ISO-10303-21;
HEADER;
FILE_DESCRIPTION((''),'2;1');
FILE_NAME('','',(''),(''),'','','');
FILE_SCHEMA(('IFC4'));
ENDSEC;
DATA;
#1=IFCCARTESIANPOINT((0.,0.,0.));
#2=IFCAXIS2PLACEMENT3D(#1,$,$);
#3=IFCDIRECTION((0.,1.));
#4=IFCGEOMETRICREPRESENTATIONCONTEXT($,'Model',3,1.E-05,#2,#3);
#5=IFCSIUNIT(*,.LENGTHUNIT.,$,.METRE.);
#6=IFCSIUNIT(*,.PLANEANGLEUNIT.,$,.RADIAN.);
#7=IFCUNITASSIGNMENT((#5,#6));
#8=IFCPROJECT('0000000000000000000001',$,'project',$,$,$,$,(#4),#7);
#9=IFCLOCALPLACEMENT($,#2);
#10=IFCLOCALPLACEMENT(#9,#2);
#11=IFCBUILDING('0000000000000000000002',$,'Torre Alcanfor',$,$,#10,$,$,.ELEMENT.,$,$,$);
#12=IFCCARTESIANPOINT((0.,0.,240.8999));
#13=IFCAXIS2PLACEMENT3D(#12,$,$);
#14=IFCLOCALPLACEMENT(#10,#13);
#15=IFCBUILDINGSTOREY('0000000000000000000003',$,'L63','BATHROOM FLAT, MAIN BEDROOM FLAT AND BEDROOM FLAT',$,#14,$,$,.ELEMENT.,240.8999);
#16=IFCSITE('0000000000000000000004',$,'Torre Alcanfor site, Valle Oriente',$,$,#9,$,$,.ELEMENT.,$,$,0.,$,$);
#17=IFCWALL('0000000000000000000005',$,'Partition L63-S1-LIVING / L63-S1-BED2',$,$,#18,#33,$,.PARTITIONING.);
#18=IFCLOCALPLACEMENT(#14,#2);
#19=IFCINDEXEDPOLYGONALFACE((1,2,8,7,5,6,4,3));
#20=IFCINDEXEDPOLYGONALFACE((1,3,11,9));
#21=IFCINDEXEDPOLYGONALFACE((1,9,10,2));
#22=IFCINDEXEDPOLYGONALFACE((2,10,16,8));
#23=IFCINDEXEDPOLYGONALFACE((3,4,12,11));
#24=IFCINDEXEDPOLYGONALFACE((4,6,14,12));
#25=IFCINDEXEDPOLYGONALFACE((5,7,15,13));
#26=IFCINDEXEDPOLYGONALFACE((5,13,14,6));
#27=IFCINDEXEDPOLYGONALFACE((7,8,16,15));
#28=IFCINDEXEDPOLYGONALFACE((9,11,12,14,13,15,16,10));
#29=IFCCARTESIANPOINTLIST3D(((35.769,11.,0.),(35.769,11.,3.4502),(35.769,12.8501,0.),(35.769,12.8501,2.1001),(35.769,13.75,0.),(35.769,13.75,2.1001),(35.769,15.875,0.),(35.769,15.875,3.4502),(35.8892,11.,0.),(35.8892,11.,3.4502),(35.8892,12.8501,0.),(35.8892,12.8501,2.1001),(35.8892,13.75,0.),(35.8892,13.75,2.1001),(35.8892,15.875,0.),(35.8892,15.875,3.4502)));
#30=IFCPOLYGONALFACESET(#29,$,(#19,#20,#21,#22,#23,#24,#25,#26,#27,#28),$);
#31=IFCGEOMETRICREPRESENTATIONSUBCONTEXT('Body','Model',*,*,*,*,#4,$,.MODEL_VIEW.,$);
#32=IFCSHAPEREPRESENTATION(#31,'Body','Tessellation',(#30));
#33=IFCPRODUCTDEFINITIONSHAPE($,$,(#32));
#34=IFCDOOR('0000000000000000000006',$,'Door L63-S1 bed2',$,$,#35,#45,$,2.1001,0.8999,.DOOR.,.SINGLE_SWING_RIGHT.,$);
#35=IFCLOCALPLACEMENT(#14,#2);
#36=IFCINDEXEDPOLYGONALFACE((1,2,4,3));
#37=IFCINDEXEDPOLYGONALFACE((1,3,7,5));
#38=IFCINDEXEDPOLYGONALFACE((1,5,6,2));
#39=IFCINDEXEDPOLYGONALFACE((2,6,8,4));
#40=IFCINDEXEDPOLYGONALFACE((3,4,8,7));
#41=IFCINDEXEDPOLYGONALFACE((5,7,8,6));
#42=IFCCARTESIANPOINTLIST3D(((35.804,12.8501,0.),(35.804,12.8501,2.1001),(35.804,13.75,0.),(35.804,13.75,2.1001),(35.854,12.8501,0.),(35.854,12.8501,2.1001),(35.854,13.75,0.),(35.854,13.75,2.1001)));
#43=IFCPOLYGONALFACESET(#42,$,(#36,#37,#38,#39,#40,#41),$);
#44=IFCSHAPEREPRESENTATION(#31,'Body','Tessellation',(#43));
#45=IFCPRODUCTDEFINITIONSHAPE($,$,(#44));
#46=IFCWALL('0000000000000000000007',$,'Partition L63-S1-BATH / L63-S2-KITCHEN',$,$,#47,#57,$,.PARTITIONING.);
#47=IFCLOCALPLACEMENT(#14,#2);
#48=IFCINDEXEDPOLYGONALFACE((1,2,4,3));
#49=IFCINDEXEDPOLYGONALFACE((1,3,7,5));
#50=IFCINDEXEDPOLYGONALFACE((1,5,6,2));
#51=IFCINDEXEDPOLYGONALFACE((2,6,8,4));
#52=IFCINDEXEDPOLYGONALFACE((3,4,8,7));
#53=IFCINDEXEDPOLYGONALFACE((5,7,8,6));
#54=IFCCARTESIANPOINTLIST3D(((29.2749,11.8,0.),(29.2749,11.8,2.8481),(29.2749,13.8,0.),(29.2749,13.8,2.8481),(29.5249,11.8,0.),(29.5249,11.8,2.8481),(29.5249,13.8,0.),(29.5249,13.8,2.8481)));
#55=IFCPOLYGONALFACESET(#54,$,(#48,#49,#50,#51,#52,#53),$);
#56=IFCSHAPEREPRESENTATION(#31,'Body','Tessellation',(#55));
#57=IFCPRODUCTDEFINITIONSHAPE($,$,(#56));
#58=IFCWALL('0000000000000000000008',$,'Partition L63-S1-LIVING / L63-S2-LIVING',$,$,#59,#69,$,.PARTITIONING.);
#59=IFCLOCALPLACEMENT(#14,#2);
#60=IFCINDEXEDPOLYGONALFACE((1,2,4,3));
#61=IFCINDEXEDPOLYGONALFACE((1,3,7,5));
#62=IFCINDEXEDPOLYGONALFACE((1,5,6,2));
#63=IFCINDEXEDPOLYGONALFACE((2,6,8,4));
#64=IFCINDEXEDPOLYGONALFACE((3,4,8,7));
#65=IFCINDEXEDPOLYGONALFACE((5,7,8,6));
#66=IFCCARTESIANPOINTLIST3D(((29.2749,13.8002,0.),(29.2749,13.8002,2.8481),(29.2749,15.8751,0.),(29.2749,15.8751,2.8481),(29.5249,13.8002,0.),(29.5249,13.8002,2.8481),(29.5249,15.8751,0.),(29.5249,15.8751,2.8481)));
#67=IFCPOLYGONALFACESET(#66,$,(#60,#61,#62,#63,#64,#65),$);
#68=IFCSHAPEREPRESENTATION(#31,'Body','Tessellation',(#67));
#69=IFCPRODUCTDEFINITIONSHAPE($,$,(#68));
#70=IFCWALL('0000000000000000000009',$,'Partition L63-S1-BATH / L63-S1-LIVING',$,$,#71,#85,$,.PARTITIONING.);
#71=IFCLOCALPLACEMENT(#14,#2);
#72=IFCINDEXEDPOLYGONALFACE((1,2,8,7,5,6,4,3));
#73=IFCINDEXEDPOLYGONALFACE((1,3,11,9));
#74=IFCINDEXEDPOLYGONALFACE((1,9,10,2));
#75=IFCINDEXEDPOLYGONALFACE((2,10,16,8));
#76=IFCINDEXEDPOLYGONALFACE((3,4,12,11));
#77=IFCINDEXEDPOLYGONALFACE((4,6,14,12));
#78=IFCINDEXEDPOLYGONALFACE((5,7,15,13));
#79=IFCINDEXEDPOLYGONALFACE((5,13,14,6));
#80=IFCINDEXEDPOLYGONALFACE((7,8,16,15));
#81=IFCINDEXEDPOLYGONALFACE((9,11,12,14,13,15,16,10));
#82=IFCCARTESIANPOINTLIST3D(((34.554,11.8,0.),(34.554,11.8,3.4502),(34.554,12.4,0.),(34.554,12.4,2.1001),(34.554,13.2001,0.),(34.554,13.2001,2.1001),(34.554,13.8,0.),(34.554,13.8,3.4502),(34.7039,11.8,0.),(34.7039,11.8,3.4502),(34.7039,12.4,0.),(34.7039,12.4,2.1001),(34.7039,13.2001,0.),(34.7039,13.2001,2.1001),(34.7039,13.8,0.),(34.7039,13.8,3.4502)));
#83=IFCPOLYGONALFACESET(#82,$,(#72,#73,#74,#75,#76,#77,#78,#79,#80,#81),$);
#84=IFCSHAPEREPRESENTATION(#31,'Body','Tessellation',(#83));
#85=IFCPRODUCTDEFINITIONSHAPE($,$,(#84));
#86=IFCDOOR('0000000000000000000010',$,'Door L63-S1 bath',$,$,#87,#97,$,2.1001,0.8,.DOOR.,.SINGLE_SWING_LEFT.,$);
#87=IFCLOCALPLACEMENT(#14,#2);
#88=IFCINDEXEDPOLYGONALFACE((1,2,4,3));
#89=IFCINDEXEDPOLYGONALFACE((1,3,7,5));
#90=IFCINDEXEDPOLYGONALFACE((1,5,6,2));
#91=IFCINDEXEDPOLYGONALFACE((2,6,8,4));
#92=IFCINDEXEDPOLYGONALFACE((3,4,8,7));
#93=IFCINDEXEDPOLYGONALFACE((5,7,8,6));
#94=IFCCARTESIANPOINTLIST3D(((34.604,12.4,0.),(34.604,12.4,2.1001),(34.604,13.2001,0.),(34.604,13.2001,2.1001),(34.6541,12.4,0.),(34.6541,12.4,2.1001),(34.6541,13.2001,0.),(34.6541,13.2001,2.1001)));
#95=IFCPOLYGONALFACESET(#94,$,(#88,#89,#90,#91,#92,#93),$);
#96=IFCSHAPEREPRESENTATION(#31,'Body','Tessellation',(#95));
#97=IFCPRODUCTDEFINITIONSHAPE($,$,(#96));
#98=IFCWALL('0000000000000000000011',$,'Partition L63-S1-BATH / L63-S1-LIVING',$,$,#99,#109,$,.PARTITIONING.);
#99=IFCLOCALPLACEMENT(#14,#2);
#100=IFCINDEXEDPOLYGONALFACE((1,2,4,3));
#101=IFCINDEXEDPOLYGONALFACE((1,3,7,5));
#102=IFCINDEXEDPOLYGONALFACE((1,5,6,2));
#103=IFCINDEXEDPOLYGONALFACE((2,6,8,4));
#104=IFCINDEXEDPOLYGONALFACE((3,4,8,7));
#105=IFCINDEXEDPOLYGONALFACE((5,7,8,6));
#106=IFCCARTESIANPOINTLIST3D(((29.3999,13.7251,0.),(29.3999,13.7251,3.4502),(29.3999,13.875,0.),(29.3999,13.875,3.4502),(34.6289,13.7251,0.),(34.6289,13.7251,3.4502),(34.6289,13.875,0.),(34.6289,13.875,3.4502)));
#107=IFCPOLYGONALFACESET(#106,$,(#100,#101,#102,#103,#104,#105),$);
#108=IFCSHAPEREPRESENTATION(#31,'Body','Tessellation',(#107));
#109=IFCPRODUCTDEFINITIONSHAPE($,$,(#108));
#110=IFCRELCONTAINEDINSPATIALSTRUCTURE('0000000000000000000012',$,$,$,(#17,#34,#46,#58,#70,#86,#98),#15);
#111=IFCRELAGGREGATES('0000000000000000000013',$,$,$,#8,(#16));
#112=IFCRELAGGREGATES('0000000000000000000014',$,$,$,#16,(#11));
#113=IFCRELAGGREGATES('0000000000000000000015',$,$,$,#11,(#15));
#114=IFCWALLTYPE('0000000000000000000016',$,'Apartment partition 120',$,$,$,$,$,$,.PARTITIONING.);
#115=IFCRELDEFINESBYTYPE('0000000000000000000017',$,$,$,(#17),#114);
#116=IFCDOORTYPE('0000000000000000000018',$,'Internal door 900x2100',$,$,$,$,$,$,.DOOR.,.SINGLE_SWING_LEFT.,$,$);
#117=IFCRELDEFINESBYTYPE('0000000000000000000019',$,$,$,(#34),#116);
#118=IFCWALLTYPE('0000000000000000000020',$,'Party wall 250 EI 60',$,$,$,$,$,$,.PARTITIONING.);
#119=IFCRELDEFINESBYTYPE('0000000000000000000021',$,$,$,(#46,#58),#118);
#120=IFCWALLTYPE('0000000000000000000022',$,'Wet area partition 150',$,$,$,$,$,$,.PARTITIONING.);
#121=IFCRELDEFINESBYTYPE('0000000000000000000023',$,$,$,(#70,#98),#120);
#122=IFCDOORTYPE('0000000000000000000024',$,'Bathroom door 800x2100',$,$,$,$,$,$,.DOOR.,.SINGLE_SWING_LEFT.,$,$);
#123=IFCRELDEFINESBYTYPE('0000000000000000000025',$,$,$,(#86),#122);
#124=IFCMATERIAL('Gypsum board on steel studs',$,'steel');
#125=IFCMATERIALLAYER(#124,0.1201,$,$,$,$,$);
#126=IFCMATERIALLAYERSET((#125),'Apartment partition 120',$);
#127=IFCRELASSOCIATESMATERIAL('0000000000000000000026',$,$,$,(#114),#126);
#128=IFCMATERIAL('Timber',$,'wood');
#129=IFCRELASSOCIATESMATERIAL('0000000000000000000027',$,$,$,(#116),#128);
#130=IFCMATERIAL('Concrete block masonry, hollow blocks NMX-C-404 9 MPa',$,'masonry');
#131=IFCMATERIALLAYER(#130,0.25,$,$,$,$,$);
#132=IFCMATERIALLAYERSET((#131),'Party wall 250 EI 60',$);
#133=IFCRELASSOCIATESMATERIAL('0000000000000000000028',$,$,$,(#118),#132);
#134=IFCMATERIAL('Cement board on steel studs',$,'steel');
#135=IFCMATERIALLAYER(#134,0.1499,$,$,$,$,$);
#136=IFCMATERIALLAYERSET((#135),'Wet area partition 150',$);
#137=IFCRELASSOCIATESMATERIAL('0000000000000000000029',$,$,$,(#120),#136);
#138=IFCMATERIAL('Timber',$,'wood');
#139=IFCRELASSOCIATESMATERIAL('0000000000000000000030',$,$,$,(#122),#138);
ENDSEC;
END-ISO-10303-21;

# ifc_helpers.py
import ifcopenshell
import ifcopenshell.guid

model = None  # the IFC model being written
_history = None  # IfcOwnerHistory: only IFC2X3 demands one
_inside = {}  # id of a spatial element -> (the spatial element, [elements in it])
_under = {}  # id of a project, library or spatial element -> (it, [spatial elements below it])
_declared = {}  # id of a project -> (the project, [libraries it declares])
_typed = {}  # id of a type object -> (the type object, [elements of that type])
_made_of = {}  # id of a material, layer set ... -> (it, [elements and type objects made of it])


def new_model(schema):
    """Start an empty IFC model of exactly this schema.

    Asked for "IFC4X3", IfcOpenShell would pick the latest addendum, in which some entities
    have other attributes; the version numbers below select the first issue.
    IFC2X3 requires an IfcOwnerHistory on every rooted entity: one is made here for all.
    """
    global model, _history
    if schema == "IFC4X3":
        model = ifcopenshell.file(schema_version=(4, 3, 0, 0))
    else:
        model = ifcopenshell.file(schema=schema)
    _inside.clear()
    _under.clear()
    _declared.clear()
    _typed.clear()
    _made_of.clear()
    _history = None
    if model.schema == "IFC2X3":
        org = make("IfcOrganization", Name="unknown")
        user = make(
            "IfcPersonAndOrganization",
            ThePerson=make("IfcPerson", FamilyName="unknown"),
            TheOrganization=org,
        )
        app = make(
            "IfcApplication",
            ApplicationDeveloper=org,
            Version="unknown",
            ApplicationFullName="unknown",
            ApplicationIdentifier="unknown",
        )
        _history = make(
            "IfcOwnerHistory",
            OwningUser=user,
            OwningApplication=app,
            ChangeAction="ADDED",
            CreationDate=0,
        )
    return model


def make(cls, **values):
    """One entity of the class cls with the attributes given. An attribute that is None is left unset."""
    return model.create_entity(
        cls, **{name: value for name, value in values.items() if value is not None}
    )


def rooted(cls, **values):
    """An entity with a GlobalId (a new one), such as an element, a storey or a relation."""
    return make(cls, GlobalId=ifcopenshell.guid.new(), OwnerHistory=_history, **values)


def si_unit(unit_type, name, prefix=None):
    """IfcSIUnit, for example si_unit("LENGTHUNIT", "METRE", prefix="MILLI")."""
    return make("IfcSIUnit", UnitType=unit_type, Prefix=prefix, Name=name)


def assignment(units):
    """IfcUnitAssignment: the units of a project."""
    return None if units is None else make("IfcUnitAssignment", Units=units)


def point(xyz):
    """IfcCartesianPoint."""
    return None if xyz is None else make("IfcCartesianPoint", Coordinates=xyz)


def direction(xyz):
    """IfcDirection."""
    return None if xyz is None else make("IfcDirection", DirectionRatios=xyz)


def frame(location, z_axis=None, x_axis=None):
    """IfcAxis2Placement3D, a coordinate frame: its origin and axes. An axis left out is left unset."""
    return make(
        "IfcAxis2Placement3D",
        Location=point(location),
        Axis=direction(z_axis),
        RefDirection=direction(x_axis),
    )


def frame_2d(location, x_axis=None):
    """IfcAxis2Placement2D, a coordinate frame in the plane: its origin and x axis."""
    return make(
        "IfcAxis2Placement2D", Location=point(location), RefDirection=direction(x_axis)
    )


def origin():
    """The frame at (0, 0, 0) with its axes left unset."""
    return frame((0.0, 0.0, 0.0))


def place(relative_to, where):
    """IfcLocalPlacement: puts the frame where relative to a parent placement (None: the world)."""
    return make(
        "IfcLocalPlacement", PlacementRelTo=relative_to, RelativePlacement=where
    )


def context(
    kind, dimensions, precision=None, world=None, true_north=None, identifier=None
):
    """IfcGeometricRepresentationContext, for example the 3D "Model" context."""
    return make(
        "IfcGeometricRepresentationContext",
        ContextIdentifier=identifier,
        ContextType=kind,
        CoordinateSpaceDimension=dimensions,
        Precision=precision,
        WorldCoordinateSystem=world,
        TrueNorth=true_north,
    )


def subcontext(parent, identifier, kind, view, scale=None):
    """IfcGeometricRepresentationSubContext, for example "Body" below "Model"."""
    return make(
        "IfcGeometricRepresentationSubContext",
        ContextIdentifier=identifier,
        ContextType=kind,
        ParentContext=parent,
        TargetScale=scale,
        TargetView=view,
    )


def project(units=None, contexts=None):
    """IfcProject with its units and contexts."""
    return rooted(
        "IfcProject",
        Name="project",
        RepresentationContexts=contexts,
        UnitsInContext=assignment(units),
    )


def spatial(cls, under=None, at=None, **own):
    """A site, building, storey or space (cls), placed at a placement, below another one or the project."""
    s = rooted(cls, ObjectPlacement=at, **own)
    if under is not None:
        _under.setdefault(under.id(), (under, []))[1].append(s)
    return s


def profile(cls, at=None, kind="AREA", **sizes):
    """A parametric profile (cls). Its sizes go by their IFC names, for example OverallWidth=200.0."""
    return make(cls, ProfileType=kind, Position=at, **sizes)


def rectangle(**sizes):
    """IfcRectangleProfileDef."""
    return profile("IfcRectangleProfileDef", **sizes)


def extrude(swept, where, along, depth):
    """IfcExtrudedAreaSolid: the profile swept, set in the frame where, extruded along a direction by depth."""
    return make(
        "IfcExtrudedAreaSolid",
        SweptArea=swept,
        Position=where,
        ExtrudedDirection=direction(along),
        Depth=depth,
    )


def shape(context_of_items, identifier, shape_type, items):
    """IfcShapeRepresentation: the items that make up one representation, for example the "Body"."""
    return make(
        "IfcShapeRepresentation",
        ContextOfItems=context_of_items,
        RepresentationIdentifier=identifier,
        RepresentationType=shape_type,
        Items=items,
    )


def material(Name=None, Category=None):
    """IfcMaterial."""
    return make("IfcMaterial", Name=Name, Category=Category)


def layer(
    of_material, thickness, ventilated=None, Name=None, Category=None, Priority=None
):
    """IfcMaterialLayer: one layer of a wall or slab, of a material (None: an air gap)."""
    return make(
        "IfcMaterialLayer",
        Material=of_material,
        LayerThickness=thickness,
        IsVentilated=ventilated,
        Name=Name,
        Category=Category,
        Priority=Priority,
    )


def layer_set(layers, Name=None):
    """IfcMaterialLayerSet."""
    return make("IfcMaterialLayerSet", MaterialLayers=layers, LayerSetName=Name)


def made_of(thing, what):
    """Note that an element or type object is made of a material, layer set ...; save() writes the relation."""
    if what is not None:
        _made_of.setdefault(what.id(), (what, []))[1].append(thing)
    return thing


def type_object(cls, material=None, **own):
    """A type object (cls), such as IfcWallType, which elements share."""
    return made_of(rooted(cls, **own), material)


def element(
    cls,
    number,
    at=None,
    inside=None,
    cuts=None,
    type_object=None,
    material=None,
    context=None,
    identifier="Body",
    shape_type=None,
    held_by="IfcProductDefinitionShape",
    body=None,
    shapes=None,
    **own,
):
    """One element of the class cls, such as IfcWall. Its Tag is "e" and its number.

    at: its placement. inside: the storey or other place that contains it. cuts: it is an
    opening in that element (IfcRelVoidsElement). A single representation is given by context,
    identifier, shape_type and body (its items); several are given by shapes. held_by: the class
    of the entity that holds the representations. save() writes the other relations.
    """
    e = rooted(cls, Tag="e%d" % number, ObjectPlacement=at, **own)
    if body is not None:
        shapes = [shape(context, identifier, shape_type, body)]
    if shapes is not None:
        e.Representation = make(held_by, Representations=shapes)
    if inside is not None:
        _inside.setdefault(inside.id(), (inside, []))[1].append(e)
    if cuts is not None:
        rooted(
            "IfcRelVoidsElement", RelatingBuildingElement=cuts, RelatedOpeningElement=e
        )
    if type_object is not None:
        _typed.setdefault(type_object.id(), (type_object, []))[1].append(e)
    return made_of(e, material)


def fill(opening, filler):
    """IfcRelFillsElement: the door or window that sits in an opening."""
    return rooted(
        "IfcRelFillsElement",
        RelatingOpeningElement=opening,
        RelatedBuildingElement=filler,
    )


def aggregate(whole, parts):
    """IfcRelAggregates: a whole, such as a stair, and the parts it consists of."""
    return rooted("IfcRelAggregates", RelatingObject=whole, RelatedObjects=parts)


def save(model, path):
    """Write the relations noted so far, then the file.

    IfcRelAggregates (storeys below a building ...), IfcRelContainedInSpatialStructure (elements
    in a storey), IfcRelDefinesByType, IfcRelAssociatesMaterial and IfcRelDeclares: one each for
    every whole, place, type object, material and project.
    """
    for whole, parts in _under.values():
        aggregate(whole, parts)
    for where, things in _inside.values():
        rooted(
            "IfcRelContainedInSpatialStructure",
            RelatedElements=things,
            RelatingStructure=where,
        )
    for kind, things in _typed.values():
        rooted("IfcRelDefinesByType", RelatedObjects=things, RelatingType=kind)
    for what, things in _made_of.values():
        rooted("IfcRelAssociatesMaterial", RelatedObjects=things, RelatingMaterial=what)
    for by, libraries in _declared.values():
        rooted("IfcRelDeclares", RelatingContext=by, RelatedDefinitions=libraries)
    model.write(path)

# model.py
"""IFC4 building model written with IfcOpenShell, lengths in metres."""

from ifc_helpers import new_model, si_unit, direction, frame, frame_2d, origin, place, context, subcontext, project, spatial, rectangle, extrude, material, layer, layer_set, type_object, element, fill, save


model = new_model("IFC4")

# Units and contexts
model_context = context("Model", 3, precision=1e-05, world=origin(), true_north=direction((0.0, 1.0)))
body_context = subcontext(model_context, "Body", "Model", "MODEL_VIEW")
ifc_project = project(units=[si_unit("LENGTHUNIT", "METRE"), si_unit("PLANEANGLEUNIT", "RADIAN")], contexts=[model_context])

# Site, building, storey
site_placement = place(None, origin())
site = spatial("IfcSite", under=ifc_project, at=site_placement, Name="Torre Alcanfor site, Valle Oriente", CompositionType="ELEMENT", RefElevation=0.0)
building_placement = place(site_placement, origin())
building = spatial("IfcBuilding", under=site, at=building_placement, Name="Torre Alcanfor", CompositionType="ELEMENT")
storey_placement = place(building_placement, frame((0.0, 0.0, 240.8999)))
storey = spatial("IfcBuildingStorey", under=building, at=storey_placement, Name="L63", Description="BATHROOM FLAT, MAIN BEDROOM FLAT AND BEDROOM FLAT", CompositionType="ELEMENT", Elevation=240.8999)

# Wall, opening, door
ifc_material_1 = material(Name="Gypsum board on steel studs", Category="steel")
ifc_layer_1 = layer(ifc_material_1, 0.1201)
ifc_layer_set_1 = layer_set([ifc_layer_1], Name="Apartment partition 120")
wall_type_1 = type_object("IfcWallType", Name="Apartment partition 120", PredefinedType="PARTITIONING", material=ifc_layer_set_1)
wall_1_placement = place(storey_placement, frame((35.8291, 15.875, 0.0), z_axis=(0.0, 0.0, 1.0), x_axis=(0.0, -1.0, 0.0)))
wall_1 = element("IfcWall", 1, at=wall_1_placement, inside=storey, type_object=wall_type_1, Name="Partition L63-S1-LIVING / L63-S1-BED2", PredefinedType="PARTITIONING", context=body_context, shape_type="SweptSolid", body=[
    extrude(rectangle(XDim=4.875, YDim=0.1201, at=frame_2d((2.4375, 0.0))), origin(), (0.0, 0.0, 1.0), 3.4502),
])
opening_1_placement = place(wall_1_placement, frame((2.125, 0.0, 0.0)))
opening_1 = element("IfcOpeningElement", 2, at=opening_1_placement, cuts=wall_1, PredefinedType="OPENING", context=body_context, shape_type="SweptSolid", body=[
    extrude(rectangle(XDim=0.8999, YDim=2.1001, at=frame_2d((0.45, 1.05))), frame((0.0, 0.0701, 0.0), z_axis=(0.0, -1.0, 0.0), x_axis=(1.0, 0.0, 0.0)), (0.0, 0.0, 1.0), 0.1401),
])
ifc_material_2 = material(Name="Timber", Category="wood")
door_type_1 = type_object("IfcDoorType", Name="Internal door 900x2100", OperationType="SINGLE_SWING_LEFT", PredefinedType="DOOR", material=ifc_material_2)
door_1_placement = place(opening_1_placement, origin())
door_1 = element("IfcDoor", 3, at=door_1_placement, inside=storey, type_object=door_type_1, Name="Door L63-S1 bed2", OperationType="SINGLE_SWING_RIGHT", OverallHeight=2.1001, OverallWidth=0.8999, PredefinedType="DOOR", context=body_context, shape_type="SweptSolid", body=[
    extrude(rectangle(XDim=0.8999, YDim=2.1001, at=frame_2d((0.45, 1.05))), frame((0.0, 0.0249, 0.0), z_axis=(0.0, -1.0, 0.0), x_axis=(1.0, 0.0, 0.0)), (0.0, 0.0, 1.0), 0.05),
])
fill(opening_1, door_1)

# Walls
ifc_material_3 = material(Name="Concrete block masonry, hollow blocks NMX-C-404 9 MPa", Category="masonry")
ifc_layer_2 = layer(ifc_material_3, 0.25)
ifc_layer_set_2 = layer_set([ifc_layer_2], Name="Party wall 250 EI 60")
wall_type_2 = type_object("IfcWallType", Name="Party wall 250 EI 60", PredefinedType="PARTITIONING", material=ifc_layer_set_2)
wall_2_placement = place(storey_placement, frame((29.3999, 13.8, 0.0), z_axis=(0.0, 0.0, 1.0), x_axis=(0.0, -1.0, 0.0)))
element("IfcWall", 4, at=wall_2_placement, inside=storey, type_object=wall_type_2, Name="Partition L63-S1-BATH / L63-S2-KITCHEN", PredefinedType="PARTITIONING", context=body_context, shape_type="SweptSolid", body=[
    extrude(rectangle(XDim=2.0, YDim=0.25, at=frame_2d((1.0, 0.0))), origin(), (0.0, 0.0, 1.0), 2.8481),
])
wall_3_placement = place(storey_placement, frame((29.3999, 13.8, 0.0), z_axis=(0.0, 0.0, 1.0), x_axis=(0.0, 1.0, 0.0)))
element("IfcWall", 5, at=wall_3_placement, inside=storey, type_object=wall_type_2, Name="Partition L63-S1-LIVING / L63-S2-LIVING", PredefinedType="PARTITIONING", context=body_context, shape_type="SweptSolid", body=[
    extrude(rectangle(XDim=2.075, YDim=0.25, at=frame_2d((1.0376, 0.0))), origin(), (0.0, 0.0, 1.0), 2.8481),
])

# Wall, opening, door
ifc_material_4 = material(Name="Cement board on steel studs", Category="steel")
ifc_layer_3 = layer(ifc_material_4, 0.1499)
ifc_layer_set_3 = layer_set([ifc_layer_3], Name="Wet area partition 150")
wall_type_3 = type_object("IfcWallType", Name="Wet area partition 150", PredefinedType="PARTITIONING", material=ifc_layer_set_3)
wall_4_placement = place(storey_placement, frame((34.6289, 11.8, 0.0), z_axis=(0.0, 0.0, 1.0), x_axis=(0.0, 1.0, 0.0)))
wall_4 = element("IfcWall", 6, at=wall_4_placement, inside=storey, type_object=wall_type_3, Name="Partition L63-S1-BATH / L63-S1-LIVING", PredefinedType="PARTITIONING", context=body_context, shape_type="SweptSolid", body=[
    extrude(rectangle(XDim=2.0, YDim=0.1499, at=frame_2d((1.0, 0.0))), origin(), (0.0, 0.0, 1.0), 3.4502),
])
opening_2_placement = place(wall_4_placement, frame((0.6001, 0.0, 0.0)))
opening_2 = element("IfcOpeningElement", 7, at=opening_2_placement, cuts=wall_4, PredefinedType="OPENING", context=body_context, shape_type="SweptSolid", body=[
    extrude(rectangle(XDim=0.8, YDim=2.1001, at=frame_2d((0.3999, 1.05))), frame((0.0, 0.085, 0.0), z_axis=(0.0, -1.0, 0.0), x_axis=(1.0, 0.0, 0.0)), (0.0, 0.0, 1.0), 0.1699),
])
ifc_material_5 = material(Name="Timber", Category="wood")
door_type_2 = type_object("IfcDoorType", Name="Bathroom door 800x2100", OperationType="SINGLE_SWING_LEFT", PredefinedType="DOOR", material=ifc_material_5)
door_2_placement = place(opening_2_placement, origin())
door_2 = element("IfcDoor", 8, at=door_2_placement, inside=storey, type_object=door_type_2, Name="Door L63-S1 bath", OperationType="SINGLE_SWING_LEFT", OverallHeight=2.1001, OverallWidth=0.8, PredefinedType="DOOR", context=body_context, shape_type="SweptSolid", body=[
    extrude(rectangle(XDim=0.8, YDim=2.1001, at=frame_2d((0.3999, 1.05))), frame((0.0, 0.0249, 0.0), z_axis=(0.0, -1.0, 0.0), x_axis=(1.0, 0.0, 0.0)), (0.0, 0.0, 1.0), 0.05),
])
fill(opening_2, door_2)

# Wall
wall_5_placement = place(storey_placement, frame((34.6289, 13.8, 0.0), z_axis=(0.0, 0.0, 1.0), x_axis=(-1.0, 0.0, 0.0)))
element("IfcWall", 9, at=wall_5_placement, inside=storey, type_object=wall_type_3, Name="Partition L63-S1-BATH / L63-S1-LIVING", PredefinedType="PARTITIONING", context=body_context, shape_type="SweptSolid", body=[
    extrude(rectangle(XDim=5.229, YDim=0.1499, at=frame_2d((2.6145, 0.0))), origin(), (0.0, 0.0, 1.0), 3.4502),
])

save(model, "model.ifc")
